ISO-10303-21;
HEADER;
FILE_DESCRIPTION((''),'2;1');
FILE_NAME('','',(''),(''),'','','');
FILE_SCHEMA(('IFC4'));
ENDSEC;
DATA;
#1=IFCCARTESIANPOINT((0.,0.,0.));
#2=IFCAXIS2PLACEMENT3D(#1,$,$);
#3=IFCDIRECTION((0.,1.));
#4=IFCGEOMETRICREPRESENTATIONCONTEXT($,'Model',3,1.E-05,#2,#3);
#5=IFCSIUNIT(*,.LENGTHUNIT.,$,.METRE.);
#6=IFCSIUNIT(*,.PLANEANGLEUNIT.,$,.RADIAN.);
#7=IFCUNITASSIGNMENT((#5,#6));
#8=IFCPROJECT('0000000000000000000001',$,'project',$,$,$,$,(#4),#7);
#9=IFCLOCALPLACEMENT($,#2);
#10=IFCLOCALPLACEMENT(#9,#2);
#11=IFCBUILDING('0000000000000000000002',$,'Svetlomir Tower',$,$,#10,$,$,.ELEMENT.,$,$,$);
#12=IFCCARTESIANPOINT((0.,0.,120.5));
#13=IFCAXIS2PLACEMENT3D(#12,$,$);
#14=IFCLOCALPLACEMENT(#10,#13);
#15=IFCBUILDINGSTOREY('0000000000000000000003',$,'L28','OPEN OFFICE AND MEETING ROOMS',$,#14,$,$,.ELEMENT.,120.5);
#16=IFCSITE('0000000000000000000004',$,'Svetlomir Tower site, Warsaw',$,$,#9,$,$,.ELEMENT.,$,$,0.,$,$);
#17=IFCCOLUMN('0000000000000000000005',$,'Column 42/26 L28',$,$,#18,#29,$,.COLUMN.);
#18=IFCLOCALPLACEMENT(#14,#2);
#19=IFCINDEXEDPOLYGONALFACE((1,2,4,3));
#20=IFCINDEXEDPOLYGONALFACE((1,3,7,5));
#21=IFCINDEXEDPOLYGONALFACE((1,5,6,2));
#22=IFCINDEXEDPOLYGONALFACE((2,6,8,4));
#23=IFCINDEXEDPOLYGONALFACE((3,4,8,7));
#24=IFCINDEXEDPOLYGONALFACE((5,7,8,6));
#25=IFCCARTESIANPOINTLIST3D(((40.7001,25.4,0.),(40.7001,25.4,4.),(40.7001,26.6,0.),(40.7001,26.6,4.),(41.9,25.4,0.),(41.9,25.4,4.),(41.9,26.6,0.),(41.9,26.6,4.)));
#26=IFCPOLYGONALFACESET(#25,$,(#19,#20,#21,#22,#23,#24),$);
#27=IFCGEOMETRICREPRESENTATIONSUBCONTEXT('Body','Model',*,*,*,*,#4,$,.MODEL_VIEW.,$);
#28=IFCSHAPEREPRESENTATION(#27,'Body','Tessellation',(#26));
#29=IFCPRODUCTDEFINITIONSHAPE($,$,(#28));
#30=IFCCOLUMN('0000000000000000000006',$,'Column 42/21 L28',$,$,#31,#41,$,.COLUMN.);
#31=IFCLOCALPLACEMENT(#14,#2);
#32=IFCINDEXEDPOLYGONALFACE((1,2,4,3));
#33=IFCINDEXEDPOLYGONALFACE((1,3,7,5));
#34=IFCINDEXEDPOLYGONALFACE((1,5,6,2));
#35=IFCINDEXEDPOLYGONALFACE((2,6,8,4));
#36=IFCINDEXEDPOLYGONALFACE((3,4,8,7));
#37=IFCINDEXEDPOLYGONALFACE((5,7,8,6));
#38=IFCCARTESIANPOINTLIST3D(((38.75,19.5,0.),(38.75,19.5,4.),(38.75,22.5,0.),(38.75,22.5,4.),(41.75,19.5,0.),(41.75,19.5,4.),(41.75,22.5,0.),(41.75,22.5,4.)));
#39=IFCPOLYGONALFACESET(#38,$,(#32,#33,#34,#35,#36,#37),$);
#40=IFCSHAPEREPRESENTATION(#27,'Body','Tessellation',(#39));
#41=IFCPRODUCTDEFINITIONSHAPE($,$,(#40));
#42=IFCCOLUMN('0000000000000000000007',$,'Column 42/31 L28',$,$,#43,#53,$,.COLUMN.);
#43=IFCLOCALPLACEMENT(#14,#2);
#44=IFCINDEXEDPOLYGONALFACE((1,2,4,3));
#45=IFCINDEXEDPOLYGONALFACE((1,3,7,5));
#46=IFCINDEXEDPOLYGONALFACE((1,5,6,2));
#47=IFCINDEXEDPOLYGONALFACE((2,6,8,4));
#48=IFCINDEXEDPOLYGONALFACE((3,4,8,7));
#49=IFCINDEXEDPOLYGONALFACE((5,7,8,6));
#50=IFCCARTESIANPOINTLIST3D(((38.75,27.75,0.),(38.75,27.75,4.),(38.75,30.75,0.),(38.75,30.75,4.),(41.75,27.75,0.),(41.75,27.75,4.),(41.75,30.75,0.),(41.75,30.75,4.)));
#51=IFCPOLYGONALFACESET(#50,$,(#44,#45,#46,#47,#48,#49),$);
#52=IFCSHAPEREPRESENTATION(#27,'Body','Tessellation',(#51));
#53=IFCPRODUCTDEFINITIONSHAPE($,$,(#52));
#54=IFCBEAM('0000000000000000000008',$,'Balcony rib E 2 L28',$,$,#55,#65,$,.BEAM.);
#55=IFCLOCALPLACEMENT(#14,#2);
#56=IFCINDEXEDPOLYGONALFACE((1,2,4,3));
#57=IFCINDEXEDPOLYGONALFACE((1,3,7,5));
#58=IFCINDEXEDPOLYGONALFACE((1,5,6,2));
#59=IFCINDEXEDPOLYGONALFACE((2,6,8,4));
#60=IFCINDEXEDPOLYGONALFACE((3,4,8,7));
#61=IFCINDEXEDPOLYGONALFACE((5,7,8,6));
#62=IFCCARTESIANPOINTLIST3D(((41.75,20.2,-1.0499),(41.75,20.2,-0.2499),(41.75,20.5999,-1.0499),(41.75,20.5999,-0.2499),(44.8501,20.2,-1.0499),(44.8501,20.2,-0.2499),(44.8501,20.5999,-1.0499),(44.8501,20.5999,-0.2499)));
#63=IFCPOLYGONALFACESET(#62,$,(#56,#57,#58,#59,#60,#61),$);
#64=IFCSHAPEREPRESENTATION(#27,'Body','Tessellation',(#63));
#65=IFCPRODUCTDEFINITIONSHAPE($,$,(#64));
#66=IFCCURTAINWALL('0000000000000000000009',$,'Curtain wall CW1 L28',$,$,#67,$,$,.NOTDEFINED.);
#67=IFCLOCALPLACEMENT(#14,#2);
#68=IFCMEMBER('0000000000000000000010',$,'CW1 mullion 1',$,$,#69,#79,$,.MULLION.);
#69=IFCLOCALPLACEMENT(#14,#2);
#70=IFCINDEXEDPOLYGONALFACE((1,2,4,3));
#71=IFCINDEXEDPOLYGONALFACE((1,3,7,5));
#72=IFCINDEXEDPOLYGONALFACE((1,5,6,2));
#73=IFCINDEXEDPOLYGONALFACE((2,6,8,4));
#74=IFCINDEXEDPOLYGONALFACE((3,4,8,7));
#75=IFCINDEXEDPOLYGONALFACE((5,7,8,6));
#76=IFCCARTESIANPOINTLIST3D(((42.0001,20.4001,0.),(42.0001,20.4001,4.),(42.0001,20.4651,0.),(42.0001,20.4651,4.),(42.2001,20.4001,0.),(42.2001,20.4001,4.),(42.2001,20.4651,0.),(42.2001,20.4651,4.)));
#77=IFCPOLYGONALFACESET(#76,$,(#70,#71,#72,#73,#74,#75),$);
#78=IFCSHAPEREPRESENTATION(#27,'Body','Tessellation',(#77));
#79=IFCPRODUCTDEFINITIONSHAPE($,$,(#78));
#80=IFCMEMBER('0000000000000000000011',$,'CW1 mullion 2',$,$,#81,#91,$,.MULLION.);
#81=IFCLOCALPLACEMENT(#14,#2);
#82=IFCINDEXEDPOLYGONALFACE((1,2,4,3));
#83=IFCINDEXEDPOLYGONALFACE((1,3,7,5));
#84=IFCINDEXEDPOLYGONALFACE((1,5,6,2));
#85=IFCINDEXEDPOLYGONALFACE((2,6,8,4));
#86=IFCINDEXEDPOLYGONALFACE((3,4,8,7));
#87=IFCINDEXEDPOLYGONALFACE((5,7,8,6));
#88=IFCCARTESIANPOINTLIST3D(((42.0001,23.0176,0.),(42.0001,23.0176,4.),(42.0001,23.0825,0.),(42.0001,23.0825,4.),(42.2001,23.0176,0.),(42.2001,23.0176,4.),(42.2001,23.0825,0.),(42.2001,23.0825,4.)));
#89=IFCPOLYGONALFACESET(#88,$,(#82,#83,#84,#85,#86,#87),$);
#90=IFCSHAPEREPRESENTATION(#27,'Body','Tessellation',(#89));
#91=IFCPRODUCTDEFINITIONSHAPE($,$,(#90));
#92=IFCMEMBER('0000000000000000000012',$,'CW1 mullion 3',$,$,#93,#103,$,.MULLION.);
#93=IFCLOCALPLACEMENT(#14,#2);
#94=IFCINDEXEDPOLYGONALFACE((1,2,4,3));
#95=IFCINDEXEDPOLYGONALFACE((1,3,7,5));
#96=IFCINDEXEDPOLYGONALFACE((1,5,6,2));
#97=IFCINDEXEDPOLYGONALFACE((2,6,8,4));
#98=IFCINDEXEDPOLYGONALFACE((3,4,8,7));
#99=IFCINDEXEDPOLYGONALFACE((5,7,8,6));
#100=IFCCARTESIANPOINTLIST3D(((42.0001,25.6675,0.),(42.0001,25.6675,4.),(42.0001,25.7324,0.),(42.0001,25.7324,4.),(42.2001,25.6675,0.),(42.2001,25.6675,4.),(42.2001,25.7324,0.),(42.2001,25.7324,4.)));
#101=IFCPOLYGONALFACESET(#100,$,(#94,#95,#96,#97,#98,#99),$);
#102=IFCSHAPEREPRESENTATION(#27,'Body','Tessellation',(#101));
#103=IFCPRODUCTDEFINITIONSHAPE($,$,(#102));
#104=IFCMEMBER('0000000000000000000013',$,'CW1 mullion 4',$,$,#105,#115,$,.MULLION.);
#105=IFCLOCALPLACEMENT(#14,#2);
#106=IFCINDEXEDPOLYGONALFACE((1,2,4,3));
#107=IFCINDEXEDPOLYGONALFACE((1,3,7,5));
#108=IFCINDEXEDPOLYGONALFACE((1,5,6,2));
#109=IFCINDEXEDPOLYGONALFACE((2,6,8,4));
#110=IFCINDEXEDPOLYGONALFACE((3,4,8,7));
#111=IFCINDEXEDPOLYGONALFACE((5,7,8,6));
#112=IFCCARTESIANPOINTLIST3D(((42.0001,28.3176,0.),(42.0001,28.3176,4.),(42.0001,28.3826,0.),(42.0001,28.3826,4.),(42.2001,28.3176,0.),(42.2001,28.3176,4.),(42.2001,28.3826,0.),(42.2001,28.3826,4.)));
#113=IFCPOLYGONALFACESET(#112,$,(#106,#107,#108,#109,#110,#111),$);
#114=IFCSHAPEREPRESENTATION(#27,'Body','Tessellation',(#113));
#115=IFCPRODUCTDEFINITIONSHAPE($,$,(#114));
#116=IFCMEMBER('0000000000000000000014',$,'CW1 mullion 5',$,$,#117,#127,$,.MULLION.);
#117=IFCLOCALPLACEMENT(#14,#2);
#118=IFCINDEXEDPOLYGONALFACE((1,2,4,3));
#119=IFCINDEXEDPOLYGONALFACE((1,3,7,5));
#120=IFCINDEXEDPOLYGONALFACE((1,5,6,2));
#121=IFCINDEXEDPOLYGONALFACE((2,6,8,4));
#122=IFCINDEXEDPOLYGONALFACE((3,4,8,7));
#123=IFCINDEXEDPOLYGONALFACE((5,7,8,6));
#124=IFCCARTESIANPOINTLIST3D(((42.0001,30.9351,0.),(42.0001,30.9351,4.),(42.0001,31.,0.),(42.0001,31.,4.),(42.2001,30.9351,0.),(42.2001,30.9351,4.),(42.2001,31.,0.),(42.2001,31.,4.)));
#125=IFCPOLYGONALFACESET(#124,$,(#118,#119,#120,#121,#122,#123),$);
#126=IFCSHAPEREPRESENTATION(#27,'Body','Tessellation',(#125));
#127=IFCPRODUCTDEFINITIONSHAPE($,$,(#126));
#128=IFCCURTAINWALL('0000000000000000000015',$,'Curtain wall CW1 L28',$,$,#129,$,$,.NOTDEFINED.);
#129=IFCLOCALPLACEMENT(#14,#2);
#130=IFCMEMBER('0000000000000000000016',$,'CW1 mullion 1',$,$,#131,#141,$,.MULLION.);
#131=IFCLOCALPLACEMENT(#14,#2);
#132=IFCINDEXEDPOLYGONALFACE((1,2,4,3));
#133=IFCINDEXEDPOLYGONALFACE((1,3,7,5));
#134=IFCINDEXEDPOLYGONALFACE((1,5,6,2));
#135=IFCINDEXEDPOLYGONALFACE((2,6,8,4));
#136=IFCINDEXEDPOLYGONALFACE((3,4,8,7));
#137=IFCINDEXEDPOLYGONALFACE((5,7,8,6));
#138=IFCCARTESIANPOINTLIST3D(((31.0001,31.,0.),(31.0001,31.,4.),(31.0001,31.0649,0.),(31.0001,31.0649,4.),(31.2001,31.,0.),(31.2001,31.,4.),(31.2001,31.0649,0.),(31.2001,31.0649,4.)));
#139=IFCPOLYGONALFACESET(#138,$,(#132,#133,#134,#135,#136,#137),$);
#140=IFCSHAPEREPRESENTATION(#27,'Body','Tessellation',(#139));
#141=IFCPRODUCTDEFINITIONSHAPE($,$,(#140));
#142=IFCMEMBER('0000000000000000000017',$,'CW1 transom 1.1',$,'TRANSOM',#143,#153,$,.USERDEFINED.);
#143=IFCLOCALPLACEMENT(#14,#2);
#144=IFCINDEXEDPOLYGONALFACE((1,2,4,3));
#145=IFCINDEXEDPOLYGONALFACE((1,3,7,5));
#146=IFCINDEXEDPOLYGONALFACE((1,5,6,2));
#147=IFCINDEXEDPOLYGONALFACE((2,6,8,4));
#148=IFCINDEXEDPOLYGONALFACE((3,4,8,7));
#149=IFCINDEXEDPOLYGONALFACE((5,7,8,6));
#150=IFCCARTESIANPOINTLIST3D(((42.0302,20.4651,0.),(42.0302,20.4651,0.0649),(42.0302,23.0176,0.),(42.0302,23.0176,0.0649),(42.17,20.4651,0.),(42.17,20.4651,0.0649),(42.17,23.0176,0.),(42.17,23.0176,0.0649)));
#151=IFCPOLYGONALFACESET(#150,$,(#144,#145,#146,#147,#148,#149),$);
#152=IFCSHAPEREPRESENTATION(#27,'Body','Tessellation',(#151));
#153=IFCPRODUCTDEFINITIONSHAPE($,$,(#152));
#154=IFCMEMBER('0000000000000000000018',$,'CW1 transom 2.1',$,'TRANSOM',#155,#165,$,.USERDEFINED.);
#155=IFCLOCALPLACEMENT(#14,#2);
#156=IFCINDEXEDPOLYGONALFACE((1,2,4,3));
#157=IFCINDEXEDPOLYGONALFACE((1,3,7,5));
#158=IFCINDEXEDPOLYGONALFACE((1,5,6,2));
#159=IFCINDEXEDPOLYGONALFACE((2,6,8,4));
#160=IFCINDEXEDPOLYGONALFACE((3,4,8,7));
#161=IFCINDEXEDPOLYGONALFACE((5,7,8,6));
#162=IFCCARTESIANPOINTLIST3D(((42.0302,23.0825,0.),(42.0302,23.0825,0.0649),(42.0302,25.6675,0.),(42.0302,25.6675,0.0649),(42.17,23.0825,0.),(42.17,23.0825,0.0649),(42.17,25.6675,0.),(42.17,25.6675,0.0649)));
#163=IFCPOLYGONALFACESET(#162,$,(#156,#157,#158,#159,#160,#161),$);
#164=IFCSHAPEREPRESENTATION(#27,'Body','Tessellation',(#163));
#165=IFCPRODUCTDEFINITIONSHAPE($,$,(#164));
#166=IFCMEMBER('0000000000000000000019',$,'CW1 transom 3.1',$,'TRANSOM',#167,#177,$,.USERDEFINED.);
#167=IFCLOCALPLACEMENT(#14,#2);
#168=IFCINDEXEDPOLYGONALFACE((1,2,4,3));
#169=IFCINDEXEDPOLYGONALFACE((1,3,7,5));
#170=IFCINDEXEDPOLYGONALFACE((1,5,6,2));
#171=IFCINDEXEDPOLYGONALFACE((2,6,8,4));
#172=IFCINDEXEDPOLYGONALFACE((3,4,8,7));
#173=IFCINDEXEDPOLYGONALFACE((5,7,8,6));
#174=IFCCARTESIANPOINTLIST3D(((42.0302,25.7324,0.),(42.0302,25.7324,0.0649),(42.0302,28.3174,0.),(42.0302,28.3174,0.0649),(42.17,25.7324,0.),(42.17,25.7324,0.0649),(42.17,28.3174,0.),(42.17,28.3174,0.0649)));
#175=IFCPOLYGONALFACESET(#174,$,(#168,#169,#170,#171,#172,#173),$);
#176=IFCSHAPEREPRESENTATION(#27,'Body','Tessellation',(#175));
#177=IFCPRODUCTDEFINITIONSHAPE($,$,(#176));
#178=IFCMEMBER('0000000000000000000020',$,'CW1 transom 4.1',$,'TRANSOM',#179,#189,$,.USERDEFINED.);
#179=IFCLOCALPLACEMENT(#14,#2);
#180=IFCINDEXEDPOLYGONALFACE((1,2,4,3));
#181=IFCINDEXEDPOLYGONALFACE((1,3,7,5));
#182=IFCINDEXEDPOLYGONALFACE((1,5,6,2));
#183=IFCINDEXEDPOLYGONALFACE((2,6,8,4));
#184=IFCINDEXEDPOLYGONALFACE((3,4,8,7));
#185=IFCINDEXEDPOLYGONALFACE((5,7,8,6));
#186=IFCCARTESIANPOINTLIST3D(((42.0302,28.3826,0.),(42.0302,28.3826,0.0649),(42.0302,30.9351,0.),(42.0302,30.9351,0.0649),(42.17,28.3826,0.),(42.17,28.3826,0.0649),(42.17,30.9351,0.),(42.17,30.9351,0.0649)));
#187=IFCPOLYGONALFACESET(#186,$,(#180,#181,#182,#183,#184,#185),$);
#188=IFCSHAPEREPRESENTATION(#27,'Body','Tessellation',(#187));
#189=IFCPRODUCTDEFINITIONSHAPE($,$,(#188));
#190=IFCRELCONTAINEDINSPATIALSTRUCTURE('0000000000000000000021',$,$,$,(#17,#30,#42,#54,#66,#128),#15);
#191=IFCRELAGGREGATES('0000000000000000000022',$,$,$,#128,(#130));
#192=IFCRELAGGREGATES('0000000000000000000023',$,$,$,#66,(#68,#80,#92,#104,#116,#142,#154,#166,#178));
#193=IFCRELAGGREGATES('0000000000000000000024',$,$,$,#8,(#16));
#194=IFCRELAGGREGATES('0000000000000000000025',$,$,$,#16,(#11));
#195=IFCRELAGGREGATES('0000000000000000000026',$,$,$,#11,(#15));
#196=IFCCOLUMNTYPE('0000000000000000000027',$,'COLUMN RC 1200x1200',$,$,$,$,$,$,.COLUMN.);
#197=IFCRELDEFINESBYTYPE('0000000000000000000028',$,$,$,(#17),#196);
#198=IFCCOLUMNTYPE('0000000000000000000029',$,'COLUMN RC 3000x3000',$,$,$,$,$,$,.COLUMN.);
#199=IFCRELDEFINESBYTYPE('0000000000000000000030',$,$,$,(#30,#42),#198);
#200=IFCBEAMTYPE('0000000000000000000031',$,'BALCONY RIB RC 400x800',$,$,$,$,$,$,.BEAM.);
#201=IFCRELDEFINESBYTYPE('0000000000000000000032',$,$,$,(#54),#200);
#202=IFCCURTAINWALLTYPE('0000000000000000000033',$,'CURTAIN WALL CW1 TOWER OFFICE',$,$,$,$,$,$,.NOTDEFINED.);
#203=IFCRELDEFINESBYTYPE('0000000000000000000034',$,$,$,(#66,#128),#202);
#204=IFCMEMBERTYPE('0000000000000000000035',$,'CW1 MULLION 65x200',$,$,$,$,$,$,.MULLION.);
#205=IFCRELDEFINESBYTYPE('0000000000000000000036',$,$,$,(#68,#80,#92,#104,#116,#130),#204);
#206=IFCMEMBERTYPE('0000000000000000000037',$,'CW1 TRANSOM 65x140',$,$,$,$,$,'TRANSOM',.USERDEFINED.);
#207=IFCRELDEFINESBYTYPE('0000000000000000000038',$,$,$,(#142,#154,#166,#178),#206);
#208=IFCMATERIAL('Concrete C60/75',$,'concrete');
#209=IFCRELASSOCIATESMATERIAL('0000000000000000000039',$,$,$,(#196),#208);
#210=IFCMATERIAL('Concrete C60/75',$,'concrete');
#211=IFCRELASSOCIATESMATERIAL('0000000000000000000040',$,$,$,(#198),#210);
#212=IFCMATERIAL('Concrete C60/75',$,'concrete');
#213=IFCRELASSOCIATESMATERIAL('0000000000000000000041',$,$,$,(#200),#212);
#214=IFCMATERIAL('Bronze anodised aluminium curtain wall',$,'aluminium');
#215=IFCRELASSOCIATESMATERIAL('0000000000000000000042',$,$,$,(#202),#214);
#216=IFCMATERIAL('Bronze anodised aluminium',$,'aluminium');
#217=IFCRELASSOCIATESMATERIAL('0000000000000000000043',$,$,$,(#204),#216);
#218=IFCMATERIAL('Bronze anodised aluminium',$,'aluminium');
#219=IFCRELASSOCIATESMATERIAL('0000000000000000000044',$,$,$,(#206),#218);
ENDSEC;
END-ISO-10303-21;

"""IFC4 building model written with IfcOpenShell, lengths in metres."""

from ifc_helpers import new_model, si_unit, direction, frame, origin, origin_2d, place, context, subcontext, project, spatial, rectangle, extrude, material, material_profile, profile_set, type_object, element, aggregate, save


model = new_model("IFC4")

# Units and contexts
model_context = context("Model", 3, precision=1e-05, world=origin(), true_north=direction((0.0, 1.0)))
body_context = subcontext(model_context, "Body", "Model", "MODEL_VIEW")
ifc_project = project(units=[si_unit("LENGTHUNIT", "METRE"), si_unit("PLANEANGLEUNIT", "RADIAN")], contexts=[model_context])

# Site, building, storey
site_placement = place(None, origin())
site = spatial("IfcSite", under=ifc_project, at=site_placement, Name="Svetlomir Tower site, Warsaw", CompositionType="ELEMENT", RefElevation=0.0)
building_placement = place(site_placement, origin())
building = spatial("IfcBuilding", under=site, at=building_placement, Name="Svetlomir Tower", CompositionType="ELEMENT")
storey_placement = place(building_placement, frame((0.0, 0.0, 120.5)))
storey = spatial("IfcBuildingStorey", under=building, at=storey_placement, Name="L28", Description="OPEN OFFICE AND MEETING ROOMS", CompositionType="ELEMENT", Elevation=120.5)

# Columns
ifc_material_1 = material(Name="Concrete C60/75", Category="concrete")
ifc_material_profile_1 = material_profile(ifc_material_1, rectangle(XDim=1.2, YDim=1.2, at=origin_2d()), Name="RC 1200x1200")
ifc_profile_set_1 = profile_set([ifc_material_profile_1], Name="Concrete C60/75")
column_type_1 = type_object("IfcColumnType", Name="COLUMN RC 1200x1200", PredefinedType="COLUMN", material=ifc_profile_set_1)
column_placement = place(storey_placement, frame((41.3, 26.0, 0.0), z_axis=(0.0, 0.0, 1.0), x_axis=(1.0, 0.0, 0.0)))
element("IfcColumn", 1, at=column_placement, inside=storey, type_object=column_type_1, Name="Column 42/26 L28", PredefinedType="COLUMN", context=body_context, shape_type="SweptSolid", body=[
    extrude(rectangle(XDim=1.2, YDim=1.2, at=origin_2d()), origin(), (0.0, 0.0, 1.0), 4.0),
])
ifc_material_2 = material(Name="Concrete C60/75", Category="concrete")
ifc_material_profile_2 = material_profile(ifc_material_2, rectangle(XDim=3.0, YDim=3.0, at=origin_2d()), Name="RC 3000x3000")
ifc_profile_set_2 = profile_set([ifc_material_profile_2], Name="Concrete C60/75")
column_type_2 = type_object("IfcColumnType", Name="COLUMN RC 3000x3000", PredefinedType="COLUMN", material=ifc_profile_set_2)
for number, where, z_axis, x_axis, name in (
    (2, (40.25, 21.0, 0.0), (0.0, 0.0, 1.0), (1.0, 0.0, 0.0), "Column 42/21 L28"),
    (3, (40.25, 29.25, 0.0), (0.0, 0.0, 1.0), (1.0, 0.0, 0.0), "Column 42/31 L28"),
):
    element("IfcColumn", number, at=place(storey_placement, frame(where, z_axis=z_axis, x_axis=x_axis)), inside=storey, type_object=column_type_2, Name=name, PredefinedType="COLUMN", context=body_context, shape_type="SweptSolid", body=[
        extrude(rectangle(XDim=3.0, YDim=3.0, at=origin_2d()), origin(), (0.0, 0.0, 1.0), 4.0),
    ])

# Beam
ifc_material_3 = material(Name="Concrete C60/75", Category="concrete")
ifc_material_profile_3 = material_profile(ifc_material_3, rectangle(XDim=0.3999, YDim=0.8, at=origin_2d()), Name="RC 400x800")
ifc_profile_set_3 = profile_set([ifc_material_profile_3], Name="Concrete C60/75")
beam_type_1 = type_object("IfcBeamType", Name="BALCONY RIB RC 400x800", PredefinedType="BEAM", material=ifc_profile_set_3)
beam_1_placement = place(storey_placement, frame((41.75, 20.3999, -0.6499), z_axis=(1.0, 0.0, 0.0), x_axis=(0.0, 1.0, 0.0)))
element("IfcBeam", 4, at=beam_1_placement, inside=storey, type_object=beam_type_1, Name="Balcony rib E 2 L28", PredefinedType="BEAM", context=body_context, shape_type="SweptSolid", body=[
    extrude(rectangle(XDim=0.3999, YDim=0.8, at=origin_2d()), origin(), (0.0, 0.0, 1.0), 3.1001),
])

# Curtain wall, members
ifc_material_4 = material(Name="Bronze anodised aluminium curtain wall", Category="aluminium")
curtain_wall_type = type_object("IfcCurtainWallType", Name="CURTAIN WALL CW1 TOWER OFFICE", PredefinedType="NOTDEFINED", material=ifc_material_4)
curtain_wall_1_placement = place(storey_placement, origin())
curtain_wall_1 = element("IfcCurtainWall", 5, at=curtain_wall_1_placement, inside=storey, type_object=curtain_wall_type, Name="Curtain wall CW1 L28", PredefinedType="NOTDEFINED")
ifc_material_5 = material(Name="Bronze anodised aluminium", Category="aluminium")
ifc_material_profile_4 = material_profile(ifc_material_5, rectangle(XDim=0.0649, YDim=0.2, at=origin_2d()), Name="AL 65x200")
ifc_profile_set_4 = profile_set([ifc_material_profile_4], Name="Bronze anodised aluminium 6063-T6")
member_type_1 = type_object("IfcMemberType", Name="CW1 MULLION 65x200", PredefinedType="MULLION", material=ifc_profile_set_4)
member_1_placement = place(storey_placement, frame((42.1001, 20.4326, 0.0), z_axis=(0.0, 0.0, 1.0), x_axis=(0.0, 1.0, 0.0)))
member_1 = element("IfcMember", 6, at=member_1_placement, type_object=member_type_1, Name="CW1 mullion 1", PredefinedType="MULLION", context=body_context, shape_type="SweptSolid", body=[
    extrude(rectangle(XDim=0.0649, YDim=0.2, at=origin_2d()), origin(), (0.0, 0.0, 1.0), 4.0),
])
member_2_placement = place(storey_placement, frame((42.1001, 23.05, 0.0), z_axis=(0.0, 0.0, 1.0), x_axis=(0.0, 1.0, 0.0)))
member_2 = element("IfcMember", 7, at=member_2_placement, type_object=member_type_1, Name="CW1 mullion 2", PredefinedType="MULLION", context=body_context, shape_type="SweptSolid", body=[
    extrude(rectangle(XDim=0.0649, YDim=0.2, at=origin_2d()), origin(), (0.0, 0.0, 1.0), 4.0),
])
member_3_placement = place(storey_placement, frame((42.1001, 25.7, 0.0), z_axis=(0.0, 0.0, 1.0), x_axis=(0.0, 1.0, 0.0)))
member_3 = element("IfcMember", 8, at=member_3_placement, type_object=member_type_1, Name="CW1 mullion 3", PredefinedType="MULLION", context=body_context, shape_type="SweptSolid", body=[
    extrude(rectangle(XDim=0.0649, YDim=0.2, at=origin_2d()), origin(), (0.0, 0.0, 1.0), 4.0),
])
member_4_placement = place(storey_placement, frame((42.1001, 28.3501, 0.0), z_axis=(0.0, 0.0, 1.0), x_axis=(0.0, 1.0, 0.0)))
member_4 = element("IfcMember", 9, at=member_4_placement, type_object=member_type_1, Name="CW1 mullion 4", PredefinedType="MULLION", context=body_context, shape_type="SweptSolid", body=[
    extrude(rectangle(XDim=0.0649, YDim=0.2, at=origin_2d()), origin(), (0.0, 0.0, 1.0), 4.0),
])
member_5_placement = place(storey_placement, frame((42.1001, 30.9675, 0.0), z_axis=(0.0, 0.0, 1.0), x_axis=(0.0, 1.0, 0.0)))
member_5 = element("IfcMember", 10, at=member_5_placement, type_object=member_type_1, Name="CW1 mullion 5", PredefinedType="MULLION", context=body_context, shape_type="SweptSolid", body=[
    extrude(rectangle(XDim=0.0649, YDim=0.2, at=origin_2d()), origin(), (0.0, 0.0, 1.0), 4.0),
])

# Curtain wall, member
curtain_wall_2_placement = place(storey_placement, origin())
curtain_wall_2 = element("IfcCurtainWall", 11, at=curtain_wall_2_placement, inside=storey, type_object=curtain_wall_type, Name="Curtain wall CW1 L28", PredefinedType="NOTDEFINED")
member_6_placement = place(storey_placement, frame((31.1001, 31.0325, 0.0), z_axis=(0.0, 0.0, 1.0), x_axis=(0.0, 1.0, 0.0)))
member_6 = element("IfcMember", 12, at=member_6_placement, type_object=member_type_1, Name="CW1 mullion 1", PredefinedType="MULLION", context=body_context, shape_type="SweptSolid", body=[
    extrude(rectangle(XDim=0.0649, YDim=0.2, at=origin_2d()), origin(), (0.0, 0.0, 1.0), 4.0),
])
aggregate(curtain_wall_2, [member_6])

# Members
ifc_material_6 = material(Name="Bronze anodised aluminium", Category="aluminium")
ifc_material_profile_5 = material_profile(ifc_material_6, rectangle(XDim=0.1399, YDim=0.0649, at=origin_2d()), Name="AL 140x65")
ifc_profile_set_5 = profile_set([ifc_material_profile_5], Name="Bronze anodised aluminium 6063-T6")
member_type_2 = type_object("IfcMemberType", Name="CW1 TRANSOM 65x140", ElementType="TRANSOM", PredefinedType="USERDEFINED", material=ifc_profile_set_5)
member_7_placement = place(storey_placement, frame((42.1001, 20.4651, 0.0325), z_axis=(0.0, 1.0, 0.0), x_axis=(-1.0, 0.0, 0.0)))
member_7 = element("IfcMember", 13, at=member_7_placement, type_object=member_type_2, Name="CW1 transom 1.1", ObjectType="TRANSOM", PredefinedType="USERDEFINED", context=body_context, shape_type="SweptSolid", body=[
    extrude(rectangle(XDim=0.1399, YDim=0.0649, at=origin_2d()), origin(), (0.0, 0.0, 1.0), 2.5525),
])
member_8_placement = place(storey_placement, frame((42.1001, 23.0825, 0.0325), z_axis=(0.0, 1.0, 0.0), x_axis=(-1.0, 0.0, 0.0)))
member_8 = element("IfcMember", 14, at=member_8_placement, type_object=member_type_2, Name="CW1 transom 2.1", ObjectType="TRANSOM", PredefinedType="USERDEFINED", context=body_context, shape_type="SweptSolid", body=[
    extrude(rectangle(XDim=0.1399, YDim=0.0649, at=origin_2d()), origin(), (0.0, 0.0, 1.0), 2.585),
])
member_9_placement = place(storey_placement, frame((42.1001, 25.7324, 0.0325), z_axis=(0.0, 1.0, 0.0), x_axis=(-1.0, 0.0, 0.0)))
member_9 = element("IfcMember", 15, at=member_9_placement, type_object=member_type_2, Name="CW1 transom 3.1", ObjectType="TRANSOM", PredefinedType="USERDEFINED", context=body_context, shape_type="SweptSolid", body=[
    extrude(rectangle(XDim=0.1399, YDim=0.0649, at=origin_2d()), origin(), (0.0, 0.0, 1.0), 2.585),
])
member_10_placement = place(storey_placement, frame((42.1001, 28.3826, 0.0325), z_axis=(0.0, 1.0, 0.0), x_axis=(-1.0, 0.0, 0.0)))
member_10 = element("IfcMember", 16, at=member_10_placement, type_object=member_type_2, Name="CW1 transom 4.1", ObjectType="TRANSOM", PredefinedType="USERDEFINED", context=body_context, shape_type="SweptSolid", body=[
    extrude(rectangle(XDim=0.1399, YDim=0.0649, at=origin_2d()), origin(), (0.0, 0.0, 1.0), 2.5525),
])

aggregate(curtain_wall_1, [member_1, member_2, member_3, member_4, member_5, member_7, member_8, member_9, member_10])

save(model, "model.ifc")
